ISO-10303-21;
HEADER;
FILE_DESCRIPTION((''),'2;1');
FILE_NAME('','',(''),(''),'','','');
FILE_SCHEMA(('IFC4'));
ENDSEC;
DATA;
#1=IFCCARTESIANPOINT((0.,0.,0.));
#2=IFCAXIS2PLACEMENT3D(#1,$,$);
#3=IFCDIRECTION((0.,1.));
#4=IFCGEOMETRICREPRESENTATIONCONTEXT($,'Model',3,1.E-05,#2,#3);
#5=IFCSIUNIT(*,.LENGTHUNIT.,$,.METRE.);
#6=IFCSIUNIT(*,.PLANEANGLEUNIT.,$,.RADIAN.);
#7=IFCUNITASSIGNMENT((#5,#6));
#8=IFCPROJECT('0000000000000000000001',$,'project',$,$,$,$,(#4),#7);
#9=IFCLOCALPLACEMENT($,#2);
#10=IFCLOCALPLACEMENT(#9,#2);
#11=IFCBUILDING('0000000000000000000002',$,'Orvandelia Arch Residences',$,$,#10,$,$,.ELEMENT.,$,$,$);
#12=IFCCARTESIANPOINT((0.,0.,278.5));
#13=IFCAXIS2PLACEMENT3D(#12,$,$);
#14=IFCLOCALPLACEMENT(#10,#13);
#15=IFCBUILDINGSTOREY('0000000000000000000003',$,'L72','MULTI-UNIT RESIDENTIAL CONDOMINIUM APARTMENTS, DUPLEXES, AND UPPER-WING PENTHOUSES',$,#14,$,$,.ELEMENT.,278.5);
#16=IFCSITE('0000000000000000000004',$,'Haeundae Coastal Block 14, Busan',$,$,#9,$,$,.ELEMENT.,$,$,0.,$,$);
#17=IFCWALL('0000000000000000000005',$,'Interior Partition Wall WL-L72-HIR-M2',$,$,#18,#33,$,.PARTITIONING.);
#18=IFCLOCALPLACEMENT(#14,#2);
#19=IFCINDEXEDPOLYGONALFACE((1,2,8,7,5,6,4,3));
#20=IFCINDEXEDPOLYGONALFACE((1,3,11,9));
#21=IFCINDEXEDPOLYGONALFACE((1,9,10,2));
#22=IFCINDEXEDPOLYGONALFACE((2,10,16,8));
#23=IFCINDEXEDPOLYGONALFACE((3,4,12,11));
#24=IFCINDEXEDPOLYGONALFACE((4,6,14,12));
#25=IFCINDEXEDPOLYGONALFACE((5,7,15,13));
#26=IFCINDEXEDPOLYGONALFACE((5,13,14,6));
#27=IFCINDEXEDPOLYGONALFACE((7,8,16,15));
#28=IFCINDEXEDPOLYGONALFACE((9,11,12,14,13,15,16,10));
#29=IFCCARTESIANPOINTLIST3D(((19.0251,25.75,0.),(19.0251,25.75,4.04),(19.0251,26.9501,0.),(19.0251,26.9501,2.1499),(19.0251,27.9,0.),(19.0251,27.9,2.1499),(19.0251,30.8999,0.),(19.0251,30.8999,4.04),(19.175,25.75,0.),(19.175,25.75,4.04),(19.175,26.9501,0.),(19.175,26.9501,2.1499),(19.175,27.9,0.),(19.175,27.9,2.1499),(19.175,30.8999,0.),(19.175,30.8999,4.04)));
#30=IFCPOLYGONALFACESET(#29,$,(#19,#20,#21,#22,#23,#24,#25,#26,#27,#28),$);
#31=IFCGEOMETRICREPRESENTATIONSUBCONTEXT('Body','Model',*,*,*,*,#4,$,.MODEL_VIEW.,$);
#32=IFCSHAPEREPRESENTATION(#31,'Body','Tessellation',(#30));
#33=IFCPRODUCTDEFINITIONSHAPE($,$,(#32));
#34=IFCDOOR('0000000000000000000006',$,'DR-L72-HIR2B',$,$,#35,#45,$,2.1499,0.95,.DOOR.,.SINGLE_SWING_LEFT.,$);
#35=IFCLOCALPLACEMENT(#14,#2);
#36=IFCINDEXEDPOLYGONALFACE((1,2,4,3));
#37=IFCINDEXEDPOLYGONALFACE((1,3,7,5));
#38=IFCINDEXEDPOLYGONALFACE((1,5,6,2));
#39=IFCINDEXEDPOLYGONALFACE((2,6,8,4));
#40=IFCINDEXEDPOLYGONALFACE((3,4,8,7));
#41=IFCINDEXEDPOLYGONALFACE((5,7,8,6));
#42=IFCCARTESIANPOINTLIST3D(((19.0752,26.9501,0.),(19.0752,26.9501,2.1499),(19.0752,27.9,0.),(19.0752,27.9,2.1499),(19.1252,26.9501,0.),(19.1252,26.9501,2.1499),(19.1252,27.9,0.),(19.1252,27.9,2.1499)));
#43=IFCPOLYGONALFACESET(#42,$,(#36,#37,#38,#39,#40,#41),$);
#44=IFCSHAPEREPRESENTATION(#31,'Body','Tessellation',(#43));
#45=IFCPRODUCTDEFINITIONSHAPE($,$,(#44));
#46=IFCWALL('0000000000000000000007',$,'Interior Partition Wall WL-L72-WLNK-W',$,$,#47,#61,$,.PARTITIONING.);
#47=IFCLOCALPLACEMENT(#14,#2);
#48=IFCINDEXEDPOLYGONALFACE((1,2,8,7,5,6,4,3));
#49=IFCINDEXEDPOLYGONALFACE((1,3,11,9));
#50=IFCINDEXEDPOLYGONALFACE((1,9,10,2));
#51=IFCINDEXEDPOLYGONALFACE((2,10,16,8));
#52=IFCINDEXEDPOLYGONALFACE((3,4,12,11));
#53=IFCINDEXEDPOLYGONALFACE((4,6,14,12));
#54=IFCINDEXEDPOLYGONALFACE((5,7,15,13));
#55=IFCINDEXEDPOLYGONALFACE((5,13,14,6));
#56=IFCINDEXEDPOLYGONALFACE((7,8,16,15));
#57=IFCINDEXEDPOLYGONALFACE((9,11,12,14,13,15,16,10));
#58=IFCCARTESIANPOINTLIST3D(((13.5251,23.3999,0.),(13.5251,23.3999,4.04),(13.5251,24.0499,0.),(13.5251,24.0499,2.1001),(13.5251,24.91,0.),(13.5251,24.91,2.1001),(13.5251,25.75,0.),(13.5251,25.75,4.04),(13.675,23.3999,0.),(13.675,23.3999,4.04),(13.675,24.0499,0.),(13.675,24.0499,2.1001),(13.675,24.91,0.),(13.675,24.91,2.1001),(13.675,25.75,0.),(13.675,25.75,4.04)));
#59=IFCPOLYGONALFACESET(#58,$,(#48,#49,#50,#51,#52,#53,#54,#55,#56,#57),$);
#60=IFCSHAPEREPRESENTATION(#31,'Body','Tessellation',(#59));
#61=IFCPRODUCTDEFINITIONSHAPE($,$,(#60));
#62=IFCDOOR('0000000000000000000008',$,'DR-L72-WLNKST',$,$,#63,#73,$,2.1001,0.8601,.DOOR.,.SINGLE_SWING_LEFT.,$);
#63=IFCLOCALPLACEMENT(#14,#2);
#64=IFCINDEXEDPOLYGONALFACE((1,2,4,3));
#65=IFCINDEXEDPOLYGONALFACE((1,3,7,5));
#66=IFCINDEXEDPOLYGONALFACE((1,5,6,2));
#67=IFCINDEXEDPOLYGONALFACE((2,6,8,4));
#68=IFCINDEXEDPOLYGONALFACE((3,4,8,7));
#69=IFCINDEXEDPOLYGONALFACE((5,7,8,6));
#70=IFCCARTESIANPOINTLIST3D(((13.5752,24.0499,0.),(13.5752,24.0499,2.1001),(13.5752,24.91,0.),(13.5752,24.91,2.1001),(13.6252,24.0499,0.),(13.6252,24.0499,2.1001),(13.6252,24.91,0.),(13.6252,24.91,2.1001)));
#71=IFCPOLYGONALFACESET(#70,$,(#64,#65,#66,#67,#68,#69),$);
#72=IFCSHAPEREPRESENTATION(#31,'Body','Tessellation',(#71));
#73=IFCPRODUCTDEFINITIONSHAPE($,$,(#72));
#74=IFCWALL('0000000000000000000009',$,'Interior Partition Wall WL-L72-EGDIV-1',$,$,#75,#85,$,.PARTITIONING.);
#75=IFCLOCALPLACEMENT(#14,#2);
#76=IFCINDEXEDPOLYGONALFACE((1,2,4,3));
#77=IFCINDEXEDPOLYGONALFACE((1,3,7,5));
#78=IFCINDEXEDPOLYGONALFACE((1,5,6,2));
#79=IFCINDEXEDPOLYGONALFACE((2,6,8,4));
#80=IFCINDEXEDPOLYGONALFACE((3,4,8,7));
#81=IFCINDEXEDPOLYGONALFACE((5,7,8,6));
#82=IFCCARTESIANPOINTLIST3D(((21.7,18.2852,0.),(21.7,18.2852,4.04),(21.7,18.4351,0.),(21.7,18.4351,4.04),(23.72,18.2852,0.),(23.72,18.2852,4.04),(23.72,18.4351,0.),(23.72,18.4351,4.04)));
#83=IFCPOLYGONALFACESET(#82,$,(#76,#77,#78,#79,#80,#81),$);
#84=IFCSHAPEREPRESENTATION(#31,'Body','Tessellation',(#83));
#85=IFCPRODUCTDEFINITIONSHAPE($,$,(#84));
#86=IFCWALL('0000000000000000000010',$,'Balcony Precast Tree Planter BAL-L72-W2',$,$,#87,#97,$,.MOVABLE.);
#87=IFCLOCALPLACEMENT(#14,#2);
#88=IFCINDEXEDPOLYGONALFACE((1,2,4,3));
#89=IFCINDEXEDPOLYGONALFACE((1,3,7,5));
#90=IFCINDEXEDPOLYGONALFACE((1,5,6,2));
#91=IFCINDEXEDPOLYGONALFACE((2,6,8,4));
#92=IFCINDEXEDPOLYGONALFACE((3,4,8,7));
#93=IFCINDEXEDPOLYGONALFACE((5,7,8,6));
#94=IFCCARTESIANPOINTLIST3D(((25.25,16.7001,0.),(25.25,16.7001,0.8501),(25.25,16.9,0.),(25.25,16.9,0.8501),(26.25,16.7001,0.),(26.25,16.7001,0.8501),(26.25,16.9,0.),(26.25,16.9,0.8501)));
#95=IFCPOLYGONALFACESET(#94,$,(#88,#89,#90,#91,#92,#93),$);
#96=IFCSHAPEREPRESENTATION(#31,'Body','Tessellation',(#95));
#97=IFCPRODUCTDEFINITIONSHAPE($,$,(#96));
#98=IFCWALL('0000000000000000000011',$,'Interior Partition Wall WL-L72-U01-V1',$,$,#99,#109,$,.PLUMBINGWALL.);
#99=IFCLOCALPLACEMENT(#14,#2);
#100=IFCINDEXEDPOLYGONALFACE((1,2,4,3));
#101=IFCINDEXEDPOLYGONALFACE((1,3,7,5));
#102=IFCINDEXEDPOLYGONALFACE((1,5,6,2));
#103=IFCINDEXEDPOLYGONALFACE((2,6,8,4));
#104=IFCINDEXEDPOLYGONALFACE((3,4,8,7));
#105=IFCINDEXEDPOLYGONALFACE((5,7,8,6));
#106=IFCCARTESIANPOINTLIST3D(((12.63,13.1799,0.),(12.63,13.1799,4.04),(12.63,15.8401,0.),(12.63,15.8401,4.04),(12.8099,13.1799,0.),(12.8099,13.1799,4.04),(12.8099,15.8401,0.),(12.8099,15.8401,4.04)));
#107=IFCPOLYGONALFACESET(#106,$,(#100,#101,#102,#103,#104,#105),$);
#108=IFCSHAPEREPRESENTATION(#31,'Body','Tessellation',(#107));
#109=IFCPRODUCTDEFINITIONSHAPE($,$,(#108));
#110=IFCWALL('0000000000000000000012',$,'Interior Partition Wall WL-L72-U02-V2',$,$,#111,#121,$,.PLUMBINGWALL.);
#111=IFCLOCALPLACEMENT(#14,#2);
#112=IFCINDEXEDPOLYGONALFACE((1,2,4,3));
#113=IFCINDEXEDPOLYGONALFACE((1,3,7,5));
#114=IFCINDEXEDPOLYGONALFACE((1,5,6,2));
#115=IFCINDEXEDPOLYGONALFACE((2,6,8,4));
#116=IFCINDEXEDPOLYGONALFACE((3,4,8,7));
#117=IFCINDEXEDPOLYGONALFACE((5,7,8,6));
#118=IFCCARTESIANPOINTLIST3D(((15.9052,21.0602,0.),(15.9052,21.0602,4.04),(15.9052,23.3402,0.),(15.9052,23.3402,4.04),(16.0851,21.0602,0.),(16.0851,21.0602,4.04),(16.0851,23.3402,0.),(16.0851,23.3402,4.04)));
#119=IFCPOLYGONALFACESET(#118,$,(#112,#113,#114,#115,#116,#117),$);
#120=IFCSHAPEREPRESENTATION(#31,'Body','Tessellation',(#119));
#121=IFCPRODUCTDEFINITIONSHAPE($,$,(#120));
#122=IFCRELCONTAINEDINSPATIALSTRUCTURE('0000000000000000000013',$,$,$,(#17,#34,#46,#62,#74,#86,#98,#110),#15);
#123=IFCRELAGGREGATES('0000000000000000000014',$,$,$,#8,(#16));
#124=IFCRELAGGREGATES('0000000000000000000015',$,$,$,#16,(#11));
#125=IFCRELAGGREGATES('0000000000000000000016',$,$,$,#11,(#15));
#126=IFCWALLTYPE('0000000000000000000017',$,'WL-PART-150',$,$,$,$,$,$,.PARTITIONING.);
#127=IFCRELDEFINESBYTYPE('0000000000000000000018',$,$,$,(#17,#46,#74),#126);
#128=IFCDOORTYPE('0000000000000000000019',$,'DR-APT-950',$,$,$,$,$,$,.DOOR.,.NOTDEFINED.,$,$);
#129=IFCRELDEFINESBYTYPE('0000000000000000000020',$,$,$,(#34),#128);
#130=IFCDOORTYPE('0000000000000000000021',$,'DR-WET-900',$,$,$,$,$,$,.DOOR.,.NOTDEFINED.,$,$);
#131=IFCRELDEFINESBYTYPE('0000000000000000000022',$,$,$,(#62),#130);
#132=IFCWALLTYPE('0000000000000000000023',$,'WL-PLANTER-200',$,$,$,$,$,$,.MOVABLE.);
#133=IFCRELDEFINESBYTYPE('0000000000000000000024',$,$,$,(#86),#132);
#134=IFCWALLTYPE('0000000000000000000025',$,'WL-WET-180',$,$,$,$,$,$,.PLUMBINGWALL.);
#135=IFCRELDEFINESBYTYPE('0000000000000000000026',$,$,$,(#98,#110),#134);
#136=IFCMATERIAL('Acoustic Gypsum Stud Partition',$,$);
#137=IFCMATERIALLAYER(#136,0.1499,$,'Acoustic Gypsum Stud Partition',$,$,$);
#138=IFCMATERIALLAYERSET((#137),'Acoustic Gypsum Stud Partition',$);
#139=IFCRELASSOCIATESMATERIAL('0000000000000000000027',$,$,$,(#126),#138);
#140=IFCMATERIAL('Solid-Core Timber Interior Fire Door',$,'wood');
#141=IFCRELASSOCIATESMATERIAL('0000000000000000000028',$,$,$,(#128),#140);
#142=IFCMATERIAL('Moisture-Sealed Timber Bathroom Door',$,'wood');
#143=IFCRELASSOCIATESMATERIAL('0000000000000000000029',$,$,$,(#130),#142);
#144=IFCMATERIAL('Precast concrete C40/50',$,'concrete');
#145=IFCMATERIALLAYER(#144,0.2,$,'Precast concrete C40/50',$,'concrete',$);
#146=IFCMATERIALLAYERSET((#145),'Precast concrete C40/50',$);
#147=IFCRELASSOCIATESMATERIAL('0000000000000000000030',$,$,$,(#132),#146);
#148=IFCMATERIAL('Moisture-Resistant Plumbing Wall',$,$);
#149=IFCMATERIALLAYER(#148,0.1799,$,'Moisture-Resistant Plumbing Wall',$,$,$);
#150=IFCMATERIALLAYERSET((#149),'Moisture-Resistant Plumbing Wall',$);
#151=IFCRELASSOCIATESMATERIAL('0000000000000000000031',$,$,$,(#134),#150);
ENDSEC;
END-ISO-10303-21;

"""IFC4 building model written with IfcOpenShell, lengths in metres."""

from ifc_helpers import new_model, si_unit, direction, frame, frame_2d, origin, place, context, subcontext, project, spatial, rectangle, extrude, material, layer, layer_set, type_object, element, fill, save


model = new_model("IFC4")

# Units and contexts
model_context = context("Model", 3, precision=1e-05, world=origin(), true_north=direction((0.0, 1.0)))
body_context = subcontext(model_context, "Body", "Model", "MODEL_VIEW")
ifc_project = project(units=[si_unit("LENGTHUNIT", "METRE"), si_unit("PLANEANGLEUNIT", "RADIAN")], contexts=[model_context])

# Site, building, storey
site_placement = place(None, origin())
site = spatial("IfcSite", under=ifc_project, at=site_placement, Name="Haeundae Coastal Block 14, Busan", CompositionType="ELEMENT", RefElevation=0.0)
building_placement = place(site_placement, origin())
building = spatial("IfcBuilding", under=site, at=building_placement, Name="Orvandelia Arch Residences", CompositionType="ELEMENT")
storey_placement = place(building_placement, frame((0.0, 0.0, 278.5)))
storey = spatial("IfcBuildingStorey", under=building, at=storey_placement, Name="L72", Description="MULTI-UNIT RESIDENTIAL CONDOMINIUM APARTMENTS, DUPLEXES, AND UPPER-WING PENTHOUSES", CompositionType="ELEMENT", Elevation=278.5)

# Shared definitions
ifc_material_1 = material(Name="Precast concrete C40/50", Category="concrete")

# Shared definitions
ifc_material_2 = material(Name="Acoustic Gypsum Stud Partition")
ifc_layer_1 = layer(ifc_material_2, 0.1499, Name="Acoustic Gypsum Stud Partition")
ifc_layer_set_1 = layer_set([ifc_layer_1], Name="Acoustic Gypsum Stud Partition")
wall_type_1 = type_object("IfcWallType", Name="WL-PART-150", PredefinedType="PARTITIONING", material=ifc_layer_set_1)
ifc_material_3 = material(Name="Solid-Core Timber Interior Fire Door", Category="wood")
door_type_1 = type_object("IfcDoorType", Name="DR-APT-950", OperationType="NOTDEFINED", PredefinedType="DOOR", material=ifc_material_3)

# Walls, openings, doors
wall_1_placement = place(storey_placement, frame((19.1001, 25.75, 0.0), z_axis=(0.0, 0.0, 1.0), x_axis=(0.0, 1.0, 0.0)))
wall_1 = element("IfcWall", 1, at=wall_1_placement, inside=storey, type_object=wall_type_1, Name="Interior Partition Wall WL-L72-HIR-M2", PredefinedType="PARTITIONING", context=body_context, shape_type="SweptSolid", body=[
    extrude(rectangle(XDim=5.1499, YDim=0.1499, at=frame_2d((2.575, 0.0))), origin(), (0.0, 0.0, 1.0), 4.04),
])
opening_1_placement = place(wall_1_placement, frame((1.2, 0.0, 0.0)))
opening_1 = element("IfcOpeningElement", 2, at=opening_1_placement, cuts=wall_1, PredefinedType="OPENING", context=body_context, shape_type="SweptSolid", body=[
    extrude(rectangle(XDim=0.95, YDim=2.1499, at=frame_2d((0.4751, 1.075))), frame((0.0, 0.085, 0.0), z_axis=(0.0, -1.0, 0.0), x_axis=(1.0, 0.0, 0.0)), (0.0, 0.0, 1.0), 0.1699),
])
door_1_placement = place(opening_1_placement, origin())
door_1 = element("IfcDoor", 3, at=door_1_placement, inside=storey, type_object=door_type_1, Name="DR-L72-HIR2B", OperationType="SINGLE_SWING_LEFT", OverallHeight=2.1499, OverallWidth=0.95, PredefinedType="DOOR", context=body_context, shape_type="SweptSolid", body=[
    extrude(rectangle(XDim=0.95, YDim=2.1499, at=frame_2d((0.4751, 1.075))), frame((0.0, 0.0249, 0.0), z_axis=(0.0, -1.0, 0.0), x_axis=(1.0, 0.0, 0.0)), (0.0, 0.0, 1.0), 0.05),
])
fill(opening_1, door_1)
wall_2_placement = place(storey_placement, frame((13.6001, 23.3999, 0.0), z_axis=(0.0, 0.0, 1.0), x_axis=(0.0, 1.0, 0.0)))
wall_2 = element("IfcWall", 4, at=wall_2_placement, inside=storey, type_object=wall_type_1, Name="Interior Partition Wall WL-L72-WLNK-W", PredefinedType="PARTITIONING", context=body_context, shape_type="SweptSolid", body=[
    extrude(rectangle(XDim=2.3501, YDim=0.1499, at=frame_2d((1.175, 0.0))), origin(), (0.0, 0.0, 1.0), 4.04),
])
opening_2_placement = place(wall_2_placement, frame((0.6499, 0.0, 0.0)))
opening_2 = element("IfcOpeningElement", 5, at=opening_2_placement, cuts=wall_2, PredefinedType="OPENING", context=body_context, shape_type="SweptSolid", body=[
    extrude(rectangle(XDim=0.8601, YDim=2.1001, at=frame_2d((0.4302, 1.05))), frame((0.0, 0.085, 0.0), z_axis=(0.0, -1.0, 0.0), x_axis=(1.0, 0.0, 0.0)), (0.0, 0.0, 1.0), 0.1699),
])
ifc_material_4 = material(Name="Moisture-Sealed Timber Bathroom Door", Category="wood")
door_type_2 = type_object("IfcDoorType", Name="DR-WET-900", OperationType="NOTDEFINED", PredefinedType="DOOR", material=ifc_material_4)
door_2_placement = place(opening_2_placement, origin())
door_2 = element("IfcDoor", 6, at=door_2_placement, inside=storey, type_object=door_type_2, Name="DR-L72-WLNKST", OperationType="SINGLE_SWING_LEFT", OverallHeight=2.1001, OverallWidth=0.8601, PredefinedType="DOOR", context=body_context, shape_type="SweptSolid", body=[
    extrude(rectangle(XDim=0.8601, YDim=2.1001, at=frame_2d((0.4302, 1.05))), frame((0.0, 0.0249, 0.0), z_axis=(0.0, -1.0, 0.0), x_axis=(1.0, 0.0, 0.0)), (0.0, 0.0, 1.0), 0.05),
])
fill(opening_2, door_2)

# Walls
wall_3_placement = place(storey_placement, frame((21.7, 18.3601, 0.0), z_axis=(0.0, 0.0, 1.0), x_axis=(1.0, 0.0, 0.0)))
element("IfcWall", 7, at=wall_3_placement, inside=storey, type_object=wall_type_1, Name="Interior Partition Wall WL-L72-EGDIV-1", PredefinedType="PARTITIONING", context=body_context, shape_type="SweptSolid", body=[
    extrude(rectangle(XDim=2.02, YDim=0.1499, at=frame_2d((1.01, 0.0))), origin(), (0.0, 0.0, 1.0), 4.04),
])
ifc_layer_2 = layer(ifc_material_1, 0.2, Name="Precast concrete C40/50", Category="concrete")
ifc_layer_set_2 = layer_set([ifc_layer_2], Name="Precast concrete C40/50")
wall_type_2 = type_object("IfcWallType", Name="WL-PLANTER-200", PredefinedType="MOVABLE", material=ifc_layer_set_2)
wall_4_placement = place(storey_placement, frame((25.25, 16.8, 0.0), z_axis=(0.0, 0.0, 1.0), x_axis=(1.0, 0.0, 0.0)))
element("IfcWall", 8, at=wall_4_placement, inside=storey, type_object=wall_type_2, Name="Balcony Precast Tree Planter BAL-L72-W2", PredefinedType="MOVABLE", context=body_context, shape_type="SweptSolid", body=[
    extrude(rectangle(XDim=1.0, YDim=0.2, at=frame_2d((0.5, 0.0))), origin(), (0.0, 0.0, 1.0), 0.8501),
])
ifc_material_5 = material(Name="Moisture-Resistant Plumbing Wall")
ifc_layer_3 = layer(ifc_material_5, 0.1799, Name="Moisture-Resistant Plumbing Wall")
ifc_layer_set_3 = layer_set([ifc_layer_3], Name="Moisture-Resistant Plumbing Wall")
wall_type_3 = type_object("IfcWallType", Name="WL-WET-180", PredefinedType="PLUMBINGWALL", material=ifc_layer_set_3)
wall_5_placement = place(storey_placement, frame((12.72, 13.1799, 0.0), z_axis=(0.0, 0.0, 1.0), x_axis=(0.0, 1.0, 0.0)))
element("IfcWall", 9, at=wall_5_placement, inside=storey, type_object=wall_type_3, Name="Interior Partition Wall WL-L72-U01-V1", PredefinedType="PLUMBINGWALL", context=body_context, shape_type="SweptSolid", body=[
    extrude(rectangle(XDim=2.6602, YDim=0.1799, at=frame_2d((1.3301, 0.0))), origin(), (0.0, 0.0, 1.0), 4.04),
])
wall_6_placement = place(storey_placement, frame((15.9951, 21.0601, 0.0), z_axis=(0.0, 0.0, 1.0), x_axis=(0.0, 1.0, 0.0)))
element("IfcWall", 10, at=wall_6_placement, inside=storey, type_object=wall_type_3, Name="Interior Partition Wall WL-L72-U02-V2", PredefinedType="PLUMBINGWALL", context=body_context, shape_type="SweptSolid", body=[
    extrude(rectangle(XDim=2.28, YDim=0.1799, at=frame_2d((1.1401, 0.0))), origin(), (0.0, 0.0, 1.0), 4.04),
])

save(model, "model.ifc")
